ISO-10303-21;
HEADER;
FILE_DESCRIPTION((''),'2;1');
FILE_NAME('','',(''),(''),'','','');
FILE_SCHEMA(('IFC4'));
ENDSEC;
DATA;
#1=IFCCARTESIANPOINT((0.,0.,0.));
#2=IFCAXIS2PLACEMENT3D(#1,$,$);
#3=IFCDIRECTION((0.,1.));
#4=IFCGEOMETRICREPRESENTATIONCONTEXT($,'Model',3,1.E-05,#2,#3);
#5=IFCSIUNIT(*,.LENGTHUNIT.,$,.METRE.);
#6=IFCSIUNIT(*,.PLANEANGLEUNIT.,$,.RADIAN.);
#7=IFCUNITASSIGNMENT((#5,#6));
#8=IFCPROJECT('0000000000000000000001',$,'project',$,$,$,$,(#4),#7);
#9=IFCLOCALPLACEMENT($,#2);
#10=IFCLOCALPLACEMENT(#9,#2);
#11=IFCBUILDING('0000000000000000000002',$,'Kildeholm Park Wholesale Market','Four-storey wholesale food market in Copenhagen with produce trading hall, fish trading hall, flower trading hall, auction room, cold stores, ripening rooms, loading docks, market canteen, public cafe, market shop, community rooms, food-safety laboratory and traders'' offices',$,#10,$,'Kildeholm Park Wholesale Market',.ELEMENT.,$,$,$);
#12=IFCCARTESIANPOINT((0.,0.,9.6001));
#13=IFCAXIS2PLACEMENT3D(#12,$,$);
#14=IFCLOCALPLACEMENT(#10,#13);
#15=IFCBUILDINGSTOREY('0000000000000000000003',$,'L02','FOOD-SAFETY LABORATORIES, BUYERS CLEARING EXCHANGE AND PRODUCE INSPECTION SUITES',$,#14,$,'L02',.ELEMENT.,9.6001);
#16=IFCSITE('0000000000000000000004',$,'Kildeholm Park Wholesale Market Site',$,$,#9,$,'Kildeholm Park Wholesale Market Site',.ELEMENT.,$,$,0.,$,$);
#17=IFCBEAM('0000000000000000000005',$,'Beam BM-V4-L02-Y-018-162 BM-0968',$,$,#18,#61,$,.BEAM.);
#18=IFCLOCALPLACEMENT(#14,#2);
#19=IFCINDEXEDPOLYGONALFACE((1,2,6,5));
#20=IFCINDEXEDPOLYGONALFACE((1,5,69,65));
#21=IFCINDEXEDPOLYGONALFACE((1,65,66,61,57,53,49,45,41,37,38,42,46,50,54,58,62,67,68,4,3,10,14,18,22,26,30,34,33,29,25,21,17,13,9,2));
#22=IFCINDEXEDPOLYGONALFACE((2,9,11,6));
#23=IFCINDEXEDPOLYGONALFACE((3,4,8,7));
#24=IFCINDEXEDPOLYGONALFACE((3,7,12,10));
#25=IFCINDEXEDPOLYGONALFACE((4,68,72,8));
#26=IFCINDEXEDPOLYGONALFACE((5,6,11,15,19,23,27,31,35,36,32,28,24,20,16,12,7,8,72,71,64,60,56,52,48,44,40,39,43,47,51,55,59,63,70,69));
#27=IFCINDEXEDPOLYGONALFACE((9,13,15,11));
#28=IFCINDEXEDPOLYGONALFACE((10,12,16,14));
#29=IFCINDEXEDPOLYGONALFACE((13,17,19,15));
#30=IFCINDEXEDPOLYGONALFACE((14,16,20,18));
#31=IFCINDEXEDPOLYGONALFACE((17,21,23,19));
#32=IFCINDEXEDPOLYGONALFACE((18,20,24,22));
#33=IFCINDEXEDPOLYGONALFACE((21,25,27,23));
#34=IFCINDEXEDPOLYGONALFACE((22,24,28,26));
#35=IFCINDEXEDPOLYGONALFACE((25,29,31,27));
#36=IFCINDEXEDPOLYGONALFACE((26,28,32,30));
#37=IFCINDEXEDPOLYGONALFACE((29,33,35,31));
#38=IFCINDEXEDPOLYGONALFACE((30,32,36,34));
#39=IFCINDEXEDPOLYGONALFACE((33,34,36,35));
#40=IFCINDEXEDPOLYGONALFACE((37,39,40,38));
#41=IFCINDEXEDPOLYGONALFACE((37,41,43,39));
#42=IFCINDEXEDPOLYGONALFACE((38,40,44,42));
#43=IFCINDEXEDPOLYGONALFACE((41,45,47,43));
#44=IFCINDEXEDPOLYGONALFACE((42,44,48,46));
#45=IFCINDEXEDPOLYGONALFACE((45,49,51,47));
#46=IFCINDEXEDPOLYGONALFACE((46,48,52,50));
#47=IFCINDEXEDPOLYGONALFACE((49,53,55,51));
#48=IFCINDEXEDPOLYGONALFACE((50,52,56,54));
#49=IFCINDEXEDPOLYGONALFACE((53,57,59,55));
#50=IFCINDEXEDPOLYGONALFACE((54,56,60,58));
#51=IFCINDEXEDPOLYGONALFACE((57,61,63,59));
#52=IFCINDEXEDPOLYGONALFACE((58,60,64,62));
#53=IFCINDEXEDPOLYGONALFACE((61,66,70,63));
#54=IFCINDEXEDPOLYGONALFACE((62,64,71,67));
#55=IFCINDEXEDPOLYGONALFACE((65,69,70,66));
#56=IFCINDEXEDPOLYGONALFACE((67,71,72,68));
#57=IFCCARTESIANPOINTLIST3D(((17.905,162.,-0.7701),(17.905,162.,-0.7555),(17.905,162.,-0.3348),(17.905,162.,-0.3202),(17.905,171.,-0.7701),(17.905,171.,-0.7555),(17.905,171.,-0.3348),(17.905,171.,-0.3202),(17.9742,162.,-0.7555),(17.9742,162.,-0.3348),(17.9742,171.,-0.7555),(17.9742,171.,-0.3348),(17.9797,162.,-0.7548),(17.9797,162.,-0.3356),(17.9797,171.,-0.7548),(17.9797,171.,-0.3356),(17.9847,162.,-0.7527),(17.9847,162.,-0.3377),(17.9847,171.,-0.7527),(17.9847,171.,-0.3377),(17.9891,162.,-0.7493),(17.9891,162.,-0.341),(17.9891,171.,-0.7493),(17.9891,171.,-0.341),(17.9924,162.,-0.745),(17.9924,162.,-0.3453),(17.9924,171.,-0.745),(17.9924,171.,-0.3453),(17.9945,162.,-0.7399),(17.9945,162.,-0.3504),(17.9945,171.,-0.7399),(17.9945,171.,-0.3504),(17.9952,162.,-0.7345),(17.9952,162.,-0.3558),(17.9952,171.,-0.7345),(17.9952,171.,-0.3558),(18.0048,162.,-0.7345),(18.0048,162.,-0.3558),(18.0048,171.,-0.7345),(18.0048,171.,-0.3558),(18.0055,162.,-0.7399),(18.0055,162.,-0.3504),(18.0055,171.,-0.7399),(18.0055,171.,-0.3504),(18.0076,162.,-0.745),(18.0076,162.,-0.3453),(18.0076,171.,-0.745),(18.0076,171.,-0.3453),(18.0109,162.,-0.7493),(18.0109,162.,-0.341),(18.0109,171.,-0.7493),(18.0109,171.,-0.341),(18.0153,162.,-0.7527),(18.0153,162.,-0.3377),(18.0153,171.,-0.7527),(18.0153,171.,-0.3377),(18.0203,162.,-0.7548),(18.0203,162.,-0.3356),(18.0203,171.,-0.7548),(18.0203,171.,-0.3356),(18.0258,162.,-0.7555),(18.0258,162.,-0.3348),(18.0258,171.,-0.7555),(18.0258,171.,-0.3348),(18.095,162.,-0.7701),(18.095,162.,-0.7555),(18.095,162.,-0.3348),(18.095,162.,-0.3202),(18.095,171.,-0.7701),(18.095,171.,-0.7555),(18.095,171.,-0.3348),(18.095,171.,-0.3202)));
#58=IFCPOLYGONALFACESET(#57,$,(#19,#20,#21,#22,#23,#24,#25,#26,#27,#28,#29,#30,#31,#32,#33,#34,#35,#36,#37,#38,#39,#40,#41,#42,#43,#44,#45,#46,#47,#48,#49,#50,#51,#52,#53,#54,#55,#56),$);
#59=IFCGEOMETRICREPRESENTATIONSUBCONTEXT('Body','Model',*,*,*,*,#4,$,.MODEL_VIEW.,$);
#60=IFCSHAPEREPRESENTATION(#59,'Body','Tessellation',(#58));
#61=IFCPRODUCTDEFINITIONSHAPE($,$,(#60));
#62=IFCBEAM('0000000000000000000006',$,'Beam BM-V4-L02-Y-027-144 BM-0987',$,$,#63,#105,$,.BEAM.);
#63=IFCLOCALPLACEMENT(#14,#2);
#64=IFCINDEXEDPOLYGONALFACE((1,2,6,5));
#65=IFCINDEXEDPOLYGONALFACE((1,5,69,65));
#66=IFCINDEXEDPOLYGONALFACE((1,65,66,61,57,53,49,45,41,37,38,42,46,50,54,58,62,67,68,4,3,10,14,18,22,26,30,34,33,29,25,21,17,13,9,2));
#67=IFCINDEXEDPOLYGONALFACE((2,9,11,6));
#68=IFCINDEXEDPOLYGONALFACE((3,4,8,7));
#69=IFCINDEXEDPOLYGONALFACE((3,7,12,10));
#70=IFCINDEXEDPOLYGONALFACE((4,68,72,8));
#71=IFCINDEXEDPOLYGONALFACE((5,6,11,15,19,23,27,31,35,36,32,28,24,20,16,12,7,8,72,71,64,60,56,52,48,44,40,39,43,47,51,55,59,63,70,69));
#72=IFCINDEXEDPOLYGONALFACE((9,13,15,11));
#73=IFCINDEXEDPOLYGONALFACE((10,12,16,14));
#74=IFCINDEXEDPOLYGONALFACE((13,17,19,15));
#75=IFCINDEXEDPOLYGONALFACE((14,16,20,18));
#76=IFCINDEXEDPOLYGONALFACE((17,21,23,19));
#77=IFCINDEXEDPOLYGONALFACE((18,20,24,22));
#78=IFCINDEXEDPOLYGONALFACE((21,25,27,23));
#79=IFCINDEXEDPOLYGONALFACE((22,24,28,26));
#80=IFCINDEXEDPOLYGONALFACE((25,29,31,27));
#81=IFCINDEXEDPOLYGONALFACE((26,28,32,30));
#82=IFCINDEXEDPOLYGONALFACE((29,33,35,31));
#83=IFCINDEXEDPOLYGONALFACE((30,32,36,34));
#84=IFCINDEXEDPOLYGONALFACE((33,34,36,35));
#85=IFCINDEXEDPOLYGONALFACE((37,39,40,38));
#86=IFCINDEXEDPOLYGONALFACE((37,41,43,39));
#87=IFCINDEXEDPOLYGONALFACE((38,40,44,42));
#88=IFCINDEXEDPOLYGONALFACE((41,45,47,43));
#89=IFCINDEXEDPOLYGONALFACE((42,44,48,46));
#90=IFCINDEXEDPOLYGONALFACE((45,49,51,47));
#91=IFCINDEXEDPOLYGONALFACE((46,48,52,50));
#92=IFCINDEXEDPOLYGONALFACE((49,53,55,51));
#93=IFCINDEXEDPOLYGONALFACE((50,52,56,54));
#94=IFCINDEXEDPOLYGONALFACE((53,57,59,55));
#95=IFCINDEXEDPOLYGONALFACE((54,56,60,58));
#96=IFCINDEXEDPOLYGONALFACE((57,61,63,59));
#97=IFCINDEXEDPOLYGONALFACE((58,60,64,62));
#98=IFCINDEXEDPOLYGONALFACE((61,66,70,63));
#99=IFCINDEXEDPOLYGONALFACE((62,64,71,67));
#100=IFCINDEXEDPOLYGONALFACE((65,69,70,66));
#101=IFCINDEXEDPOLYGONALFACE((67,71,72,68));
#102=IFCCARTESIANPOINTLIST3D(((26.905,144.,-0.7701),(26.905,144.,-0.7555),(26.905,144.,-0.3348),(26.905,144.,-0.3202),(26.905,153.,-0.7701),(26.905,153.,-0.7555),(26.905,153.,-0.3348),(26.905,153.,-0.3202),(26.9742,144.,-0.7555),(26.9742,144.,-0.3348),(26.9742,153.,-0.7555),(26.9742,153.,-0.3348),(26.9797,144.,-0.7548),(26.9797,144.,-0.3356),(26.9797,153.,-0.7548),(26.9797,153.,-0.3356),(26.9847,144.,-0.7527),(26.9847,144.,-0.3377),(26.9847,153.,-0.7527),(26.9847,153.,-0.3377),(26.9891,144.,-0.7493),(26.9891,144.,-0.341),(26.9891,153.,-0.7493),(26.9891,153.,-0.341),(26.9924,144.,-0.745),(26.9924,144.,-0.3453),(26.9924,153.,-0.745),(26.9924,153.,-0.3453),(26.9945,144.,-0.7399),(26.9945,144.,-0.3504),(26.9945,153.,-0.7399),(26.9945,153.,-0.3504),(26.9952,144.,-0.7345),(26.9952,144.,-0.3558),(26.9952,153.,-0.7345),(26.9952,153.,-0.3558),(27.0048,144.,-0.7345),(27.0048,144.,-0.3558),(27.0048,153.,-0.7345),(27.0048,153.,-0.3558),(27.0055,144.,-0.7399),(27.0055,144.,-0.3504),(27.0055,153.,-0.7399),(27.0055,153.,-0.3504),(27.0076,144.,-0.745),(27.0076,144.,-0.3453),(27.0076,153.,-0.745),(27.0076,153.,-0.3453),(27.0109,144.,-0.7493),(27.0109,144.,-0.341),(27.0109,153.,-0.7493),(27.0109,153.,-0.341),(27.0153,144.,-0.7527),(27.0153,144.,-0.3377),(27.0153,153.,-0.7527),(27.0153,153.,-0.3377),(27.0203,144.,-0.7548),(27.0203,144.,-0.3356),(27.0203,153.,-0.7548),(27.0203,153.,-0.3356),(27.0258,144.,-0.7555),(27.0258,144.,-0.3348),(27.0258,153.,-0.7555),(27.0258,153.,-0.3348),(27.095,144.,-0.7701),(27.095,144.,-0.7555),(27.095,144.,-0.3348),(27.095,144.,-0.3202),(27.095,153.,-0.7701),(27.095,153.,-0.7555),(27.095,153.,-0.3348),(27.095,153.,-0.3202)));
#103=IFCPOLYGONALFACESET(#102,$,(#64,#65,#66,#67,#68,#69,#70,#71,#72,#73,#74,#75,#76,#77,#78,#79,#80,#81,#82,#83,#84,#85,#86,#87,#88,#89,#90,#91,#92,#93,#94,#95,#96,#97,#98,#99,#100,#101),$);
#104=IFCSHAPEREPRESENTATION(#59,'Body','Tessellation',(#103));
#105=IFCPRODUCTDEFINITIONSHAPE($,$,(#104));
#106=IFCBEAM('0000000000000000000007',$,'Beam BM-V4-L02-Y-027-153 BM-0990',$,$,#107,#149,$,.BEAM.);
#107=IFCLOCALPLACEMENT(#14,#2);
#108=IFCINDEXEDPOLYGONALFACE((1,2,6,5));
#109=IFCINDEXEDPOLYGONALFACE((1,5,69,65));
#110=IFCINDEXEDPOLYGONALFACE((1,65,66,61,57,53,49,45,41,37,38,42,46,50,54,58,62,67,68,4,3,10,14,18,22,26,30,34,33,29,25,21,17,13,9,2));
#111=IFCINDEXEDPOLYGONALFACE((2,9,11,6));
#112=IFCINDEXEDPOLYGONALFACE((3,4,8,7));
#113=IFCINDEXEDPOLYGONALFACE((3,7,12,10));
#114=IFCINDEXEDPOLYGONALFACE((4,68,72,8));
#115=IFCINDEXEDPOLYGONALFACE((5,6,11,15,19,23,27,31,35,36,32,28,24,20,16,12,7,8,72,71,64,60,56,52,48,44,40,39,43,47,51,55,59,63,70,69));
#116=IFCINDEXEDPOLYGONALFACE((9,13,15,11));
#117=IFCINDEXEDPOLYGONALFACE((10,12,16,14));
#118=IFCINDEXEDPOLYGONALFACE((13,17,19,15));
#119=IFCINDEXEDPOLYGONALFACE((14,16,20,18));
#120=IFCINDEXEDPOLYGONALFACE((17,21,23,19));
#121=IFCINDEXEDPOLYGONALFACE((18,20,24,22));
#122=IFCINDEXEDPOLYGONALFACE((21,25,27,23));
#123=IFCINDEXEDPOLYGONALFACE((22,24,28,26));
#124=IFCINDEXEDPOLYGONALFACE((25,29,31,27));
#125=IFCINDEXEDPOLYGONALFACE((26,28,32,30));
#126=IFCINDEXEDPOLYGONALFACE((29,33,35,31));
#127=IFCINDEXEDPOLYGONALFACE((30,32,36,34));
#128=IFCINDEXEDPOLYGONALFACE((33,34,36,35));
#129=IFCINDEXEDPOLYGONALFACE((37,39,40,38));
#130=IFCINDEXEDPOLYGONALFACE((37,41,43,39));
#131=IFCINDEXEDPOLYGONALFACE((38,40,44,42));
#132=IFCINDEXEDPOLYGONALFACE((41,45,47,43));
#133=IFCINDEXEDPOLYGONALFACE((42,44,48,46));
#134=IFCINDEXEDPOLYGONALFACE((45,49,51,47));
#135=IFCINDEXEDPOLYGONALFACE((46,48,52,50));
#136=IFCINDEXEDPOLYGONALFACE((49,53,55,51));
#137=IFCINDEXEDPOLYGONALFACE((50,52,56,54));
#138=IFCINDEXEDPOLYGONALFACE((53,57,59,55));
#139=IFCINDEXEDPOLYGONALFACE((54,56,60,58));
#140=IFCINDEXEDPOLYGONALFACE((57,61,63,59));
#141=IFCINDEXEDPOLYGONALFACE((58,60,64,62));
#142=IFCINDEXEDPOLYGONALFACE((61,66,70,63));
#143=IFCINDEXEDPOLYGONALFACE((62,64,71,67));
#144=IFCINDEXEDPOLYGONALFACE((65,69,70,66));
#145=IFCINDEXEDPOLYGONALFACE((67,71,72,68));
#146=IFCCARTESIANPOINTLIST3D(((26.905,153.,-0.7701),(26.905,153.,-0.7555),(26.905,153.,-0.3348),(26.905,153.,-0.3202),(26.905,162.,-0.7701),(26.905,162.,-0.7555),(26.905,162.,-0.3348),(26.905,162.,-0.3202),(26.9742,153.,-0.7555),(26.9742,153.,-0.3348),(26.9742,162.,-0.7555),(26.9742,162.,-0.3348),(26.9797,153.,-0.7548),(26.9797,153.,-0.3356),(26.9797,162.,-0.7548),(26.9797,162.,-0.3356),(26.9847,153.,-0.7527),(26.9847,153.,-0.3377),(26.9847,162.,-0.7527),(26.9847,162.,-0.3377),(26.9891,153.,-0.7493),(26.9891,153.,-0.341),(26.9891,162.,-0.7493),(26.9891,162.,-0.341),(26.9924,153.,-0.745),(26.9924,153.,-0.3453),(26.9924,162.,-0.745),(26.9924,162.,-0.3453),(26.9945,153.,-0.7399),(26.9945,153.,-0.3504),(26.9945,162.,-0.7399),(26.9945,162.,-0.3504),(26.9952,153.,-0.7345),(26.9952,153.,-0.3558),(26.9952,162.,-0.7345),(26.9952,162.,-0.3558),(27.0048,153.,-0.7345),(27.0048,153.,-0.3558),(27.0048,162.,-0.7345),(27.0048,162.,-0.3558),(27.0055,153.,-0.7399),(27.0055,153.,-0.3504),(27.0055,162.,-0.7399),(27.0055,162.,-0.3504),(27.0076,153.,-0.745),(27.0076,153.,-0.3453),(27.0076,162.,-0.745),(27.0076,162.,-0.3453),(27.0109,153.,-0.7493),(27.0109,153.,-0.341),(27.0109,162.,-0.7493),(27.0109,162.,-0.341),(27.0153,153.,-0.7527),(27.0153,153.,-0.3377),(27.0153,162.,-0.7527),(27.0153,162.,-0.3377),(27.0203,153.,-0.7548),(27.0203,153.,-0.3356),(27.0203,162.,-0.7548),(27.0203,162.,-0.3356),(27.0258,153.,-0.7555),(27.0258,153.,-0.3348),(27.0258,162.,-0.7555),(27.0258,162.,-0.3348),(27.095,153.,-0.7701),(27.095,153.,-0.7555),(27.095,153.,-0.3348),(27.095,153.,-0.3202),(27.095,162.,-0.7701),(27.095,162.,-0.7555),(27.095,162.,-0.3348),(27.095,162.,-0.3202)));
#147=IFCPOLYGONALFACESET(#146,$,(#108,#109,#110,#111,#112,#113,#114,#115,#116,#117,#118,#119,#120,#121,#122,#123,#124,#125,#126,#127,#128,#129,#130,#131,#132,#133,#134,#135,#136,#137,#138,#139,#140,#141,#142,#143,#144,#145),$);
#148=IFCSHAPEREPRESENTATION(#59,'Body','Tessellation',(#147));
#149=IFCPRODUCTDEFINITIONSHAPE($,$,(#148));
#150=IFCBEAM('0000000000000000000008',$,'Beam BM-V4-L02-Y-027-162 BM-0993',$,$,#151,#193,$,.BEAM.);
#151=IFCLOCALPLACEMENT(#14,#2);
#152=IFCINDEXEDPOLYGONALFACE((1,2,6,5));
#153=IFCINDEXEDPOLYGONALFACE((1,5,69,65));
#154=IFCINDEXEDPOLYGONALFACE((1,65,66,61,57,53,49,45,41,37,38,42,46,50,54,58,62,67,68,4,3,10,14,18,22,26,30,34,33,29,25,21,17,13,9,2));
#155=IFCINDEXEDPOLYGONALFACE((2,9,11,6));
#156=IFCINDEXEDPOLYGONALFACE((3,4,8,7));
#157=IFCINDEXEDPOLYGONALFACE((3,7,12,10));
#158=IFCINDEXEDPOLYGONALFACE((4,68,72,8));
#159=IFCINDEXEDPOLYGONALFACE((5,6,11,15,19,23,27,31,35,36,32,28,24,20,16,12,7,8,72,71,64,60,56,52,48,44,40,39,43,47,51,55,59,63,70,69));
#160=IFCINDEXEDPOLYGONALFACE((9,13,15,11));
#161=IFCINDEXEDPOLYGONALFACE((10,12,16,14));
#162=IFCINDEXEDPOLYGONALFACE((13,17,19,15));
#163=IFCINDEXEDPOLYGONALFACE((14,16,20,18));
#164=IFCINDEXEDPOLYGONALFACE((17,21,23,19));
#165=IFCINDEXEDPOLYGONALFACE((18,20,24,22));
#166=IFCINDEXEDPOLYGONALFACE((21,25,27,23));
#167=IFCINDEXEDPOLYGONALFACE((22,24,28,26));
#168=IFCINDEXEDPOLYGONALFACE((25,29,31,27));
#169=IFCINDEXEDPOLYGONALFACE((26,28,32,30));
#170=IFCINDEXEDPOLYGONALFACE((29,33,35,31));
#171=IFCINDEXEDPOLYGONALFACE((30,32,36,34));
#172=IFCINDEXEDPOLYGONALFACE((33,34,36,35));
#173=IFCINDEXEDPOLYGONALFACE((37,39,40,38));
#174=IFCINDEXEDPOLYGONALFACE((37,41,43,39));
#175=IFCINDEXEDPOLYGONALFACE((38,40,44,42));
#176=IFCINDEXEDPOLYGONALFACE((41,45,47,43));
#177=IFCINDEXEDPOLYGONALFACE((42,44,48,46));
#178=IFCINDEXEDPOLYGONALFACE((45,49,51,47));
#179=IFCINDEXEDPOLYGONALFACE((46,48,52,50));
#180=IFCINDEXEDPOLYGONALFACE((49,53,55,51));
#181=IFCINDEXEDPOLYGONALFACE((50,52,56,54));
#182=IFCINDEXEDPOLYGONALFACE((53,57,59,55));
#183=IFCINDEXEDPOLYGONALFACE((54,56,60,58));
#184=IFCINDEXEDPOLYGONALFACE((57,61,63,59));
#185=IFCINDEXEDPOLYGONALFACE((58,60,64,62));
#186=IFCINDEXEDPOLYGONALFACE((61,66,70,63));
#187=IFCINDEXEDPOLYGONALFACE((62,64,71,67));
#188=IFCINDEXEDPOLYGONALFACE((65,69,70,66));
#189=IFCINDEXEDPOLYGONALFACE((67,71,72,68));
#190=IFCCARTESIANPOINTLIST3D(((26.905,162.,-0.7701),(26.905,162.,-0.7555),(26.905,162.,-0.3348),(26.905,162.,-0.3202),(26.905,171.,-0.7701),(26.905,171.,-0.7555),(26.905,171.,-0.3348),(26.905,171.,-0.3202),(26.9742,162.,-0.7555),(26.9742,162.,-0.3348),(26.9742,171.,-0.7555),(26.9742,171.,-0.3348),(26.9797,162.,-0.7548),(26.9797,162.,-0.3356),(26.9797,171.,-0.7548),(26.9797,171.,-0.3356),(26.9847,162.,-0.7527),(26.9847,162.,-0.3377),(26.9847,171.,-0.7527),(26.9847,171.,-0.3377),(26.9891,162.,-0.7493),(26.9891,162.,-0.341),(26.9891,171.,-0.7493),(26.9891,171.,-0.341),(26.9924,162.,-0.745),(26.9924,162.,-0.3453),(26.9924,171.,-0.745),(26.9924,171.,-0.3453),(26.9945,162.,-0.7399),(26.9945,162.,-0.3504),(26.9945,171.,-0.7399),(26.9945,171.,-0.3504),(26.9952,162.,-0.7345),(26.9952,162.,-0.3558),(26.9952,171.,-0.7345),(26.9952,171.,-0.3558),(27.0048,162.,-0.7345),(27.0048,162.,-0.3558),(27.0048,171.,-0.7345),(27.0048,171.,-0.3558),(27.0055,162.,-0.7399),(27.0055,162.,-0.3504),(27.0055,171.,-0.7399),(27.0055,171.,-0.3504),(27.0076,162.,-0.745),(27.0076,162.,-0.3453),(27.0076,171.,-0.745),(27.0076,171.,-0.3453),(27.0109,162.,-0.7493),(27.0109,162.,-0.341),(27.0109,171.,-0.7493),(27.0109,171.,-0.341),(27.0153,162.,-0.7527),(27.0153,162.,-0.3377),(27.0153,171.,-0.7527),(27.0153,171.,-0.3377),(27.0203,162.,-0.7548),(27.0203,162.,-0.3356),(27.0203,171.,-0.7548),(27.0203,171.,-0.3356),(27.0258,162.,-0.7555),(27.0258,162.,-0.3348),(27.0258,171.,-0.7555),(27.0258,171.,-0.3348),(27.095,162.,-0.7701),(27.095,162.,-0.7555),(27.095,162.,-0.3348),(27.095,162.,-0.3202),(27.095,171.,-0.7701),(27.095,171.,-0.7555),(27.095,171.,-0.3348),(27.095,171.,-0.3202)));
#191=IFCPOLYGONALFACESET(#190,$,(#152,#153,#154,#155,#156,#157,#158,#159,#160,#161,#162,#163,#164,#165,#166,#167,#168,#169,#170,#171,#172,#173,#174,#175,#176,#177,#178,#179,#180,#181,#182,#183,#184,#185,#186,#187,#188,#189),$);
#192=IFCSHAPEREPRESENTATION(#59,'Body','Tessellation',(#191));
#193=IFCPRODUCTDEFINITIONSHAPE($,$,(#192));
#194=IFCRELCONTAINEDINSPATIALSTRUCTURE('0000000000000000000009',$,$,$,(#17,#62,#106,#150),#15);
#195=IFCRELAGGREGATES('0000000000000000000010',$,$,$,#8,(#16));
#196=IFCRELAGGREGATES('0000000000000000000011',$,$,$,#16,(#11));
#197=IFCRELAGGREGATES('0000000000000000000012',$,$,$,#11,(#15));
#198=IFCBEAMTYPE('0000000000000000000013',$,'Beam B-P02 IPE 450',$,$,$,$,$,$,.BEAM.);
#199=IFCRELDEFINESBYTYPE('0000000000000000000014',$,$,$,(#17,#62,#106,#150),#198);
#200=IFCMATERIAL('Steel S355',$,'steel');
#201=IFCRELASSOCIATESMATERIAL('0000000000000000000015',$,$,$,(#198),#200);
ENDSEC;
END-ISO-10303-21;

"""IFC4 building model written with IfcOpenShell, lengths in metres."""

from ifc_helpers import new_model, si_unit, direction, frame, origin, origin_2d, place, context, subcontext, project, spatial, i_section, extrude, material, material_profile, profile_set, type_object, element, save


model = new_model("IFC4")

# Units and contexts
model_context = context("Model", 3, precision=1e-05, world=origin(), true_north=direction((0.0, 1.0)))
body_context = subcontext(model_context, "Body", "Model", "MODEL_VIEW")
ifc_project = project(units=[si_unit("LENGTHUNIT", "METRE"), si_unit("PLANEANGLEUNIT", "RADIAN")], contexts=[model_context])

# Site, building, storey
site_placement = place(None, origin())
site = spatial("IfcSite", under=ifc_project, at=site_placement, Name="Kildeholm Park Wholesale Market Site", LongName="Kildeholm Park Wholesale Market Site", CompositionType="ELEMENT", RefElevation=0.0)
building_placement = place(site_placement, origin())
building = spatial("IfcBuilding", under=site, at=building_placement, Name="Kildeholm Park Wholesale Market", Description="Four-storey wholesale food market in Copenhagen with produce trading hall, fish trading hall, flower trading hall, auction room, cold stores, ripening rooms, loading docks, market canteen, public cafe, market shop, community rooms, food-safety laboratory and traders' offices", LongName="Kildeholm Park Wholesale Market", CompositionType="ELEMENT")
storey_placement = place(building_placement, frame((0.0, 0.0, 9.6001)))
storey = spatial("IfcBuildingStorey", under=building, at=storey_placement, Name="L02", Description="FOOD-SAFETY LABORATORIES, BUYERS CLEARING EXCHANGE AND PRODUCE INSPECTION SUITES", LongName="L02", CompositionType="ELEMENT", Elevation=9.6001)

# Beams
ifc_material_1 = material(Name="Steel S355", Category="steel")
ifc_material_profile_1 = material_profile(ifc_material_1, i_section(OverallWidth=0.1899, OverallDepth=0.45, WebThickness=0.0095, FlangeThickness=0.0146, FilletRadius=0.021, at=origin_2d()), Name="IPE 450")
ifc_profile_set_1 = profile_set([ifc_material_profile_1], Name="Steel S355")
beam_type_1 = type_object("IfcBeamType", Name="Beam B-P02 IPE 450", PredefinedType="BEAM", material=ifc_profile_set_1)
for number, where, z_axis, x_axis, name in (
    (1, (18.0, 162.0, -0.5452), (0.0, 1.0, 0.0), (-1.0, 0.0, 0.0), "Beam BM-V4-L02-Y-018-162 BM-0968"),
    (2, (27.0, 144.0, -0.5452), (0.0, 1.0, 0.0), (-1.0, 0.0, 0.0), "Beam BM-V4-L02-Y-027-144 BM-0987"),
    (3, (27.0, 153.0, -0.5452), (0.0, 1.0, 0.0), (-1.0, 0.0, 0.0), "Beam BM-V4-L02-Y-027-153 BM-0990"),
    (4, (27.0, 162.0, -0.5452), (0.0, 1.0, 0.0), (-1.0, 0.0, 0.0), "Beam BM-V4-L02-Y-027-162 BM-0993"),
):
    element("IfcBeam", number, at=place(storey_placement, frame(where, z_axis=z_axis, x_axis=x_axis)), inside=storey, type_object=beam_type_1, Name=name, PredefinedType="BEAM", context=body_context, shape_type="SweptSolid", body=[
        extrude(i_section(OverallWidth=0.1899, OverallDepth=0.45, WebThickness=0.0095, FlangeThickness=0.0146, FilletRadius=0.021, at=origin_2d()), origin(), (0.0, 0.0, 1.0), 9.0),
    ])

save(model, "model.ifc")
